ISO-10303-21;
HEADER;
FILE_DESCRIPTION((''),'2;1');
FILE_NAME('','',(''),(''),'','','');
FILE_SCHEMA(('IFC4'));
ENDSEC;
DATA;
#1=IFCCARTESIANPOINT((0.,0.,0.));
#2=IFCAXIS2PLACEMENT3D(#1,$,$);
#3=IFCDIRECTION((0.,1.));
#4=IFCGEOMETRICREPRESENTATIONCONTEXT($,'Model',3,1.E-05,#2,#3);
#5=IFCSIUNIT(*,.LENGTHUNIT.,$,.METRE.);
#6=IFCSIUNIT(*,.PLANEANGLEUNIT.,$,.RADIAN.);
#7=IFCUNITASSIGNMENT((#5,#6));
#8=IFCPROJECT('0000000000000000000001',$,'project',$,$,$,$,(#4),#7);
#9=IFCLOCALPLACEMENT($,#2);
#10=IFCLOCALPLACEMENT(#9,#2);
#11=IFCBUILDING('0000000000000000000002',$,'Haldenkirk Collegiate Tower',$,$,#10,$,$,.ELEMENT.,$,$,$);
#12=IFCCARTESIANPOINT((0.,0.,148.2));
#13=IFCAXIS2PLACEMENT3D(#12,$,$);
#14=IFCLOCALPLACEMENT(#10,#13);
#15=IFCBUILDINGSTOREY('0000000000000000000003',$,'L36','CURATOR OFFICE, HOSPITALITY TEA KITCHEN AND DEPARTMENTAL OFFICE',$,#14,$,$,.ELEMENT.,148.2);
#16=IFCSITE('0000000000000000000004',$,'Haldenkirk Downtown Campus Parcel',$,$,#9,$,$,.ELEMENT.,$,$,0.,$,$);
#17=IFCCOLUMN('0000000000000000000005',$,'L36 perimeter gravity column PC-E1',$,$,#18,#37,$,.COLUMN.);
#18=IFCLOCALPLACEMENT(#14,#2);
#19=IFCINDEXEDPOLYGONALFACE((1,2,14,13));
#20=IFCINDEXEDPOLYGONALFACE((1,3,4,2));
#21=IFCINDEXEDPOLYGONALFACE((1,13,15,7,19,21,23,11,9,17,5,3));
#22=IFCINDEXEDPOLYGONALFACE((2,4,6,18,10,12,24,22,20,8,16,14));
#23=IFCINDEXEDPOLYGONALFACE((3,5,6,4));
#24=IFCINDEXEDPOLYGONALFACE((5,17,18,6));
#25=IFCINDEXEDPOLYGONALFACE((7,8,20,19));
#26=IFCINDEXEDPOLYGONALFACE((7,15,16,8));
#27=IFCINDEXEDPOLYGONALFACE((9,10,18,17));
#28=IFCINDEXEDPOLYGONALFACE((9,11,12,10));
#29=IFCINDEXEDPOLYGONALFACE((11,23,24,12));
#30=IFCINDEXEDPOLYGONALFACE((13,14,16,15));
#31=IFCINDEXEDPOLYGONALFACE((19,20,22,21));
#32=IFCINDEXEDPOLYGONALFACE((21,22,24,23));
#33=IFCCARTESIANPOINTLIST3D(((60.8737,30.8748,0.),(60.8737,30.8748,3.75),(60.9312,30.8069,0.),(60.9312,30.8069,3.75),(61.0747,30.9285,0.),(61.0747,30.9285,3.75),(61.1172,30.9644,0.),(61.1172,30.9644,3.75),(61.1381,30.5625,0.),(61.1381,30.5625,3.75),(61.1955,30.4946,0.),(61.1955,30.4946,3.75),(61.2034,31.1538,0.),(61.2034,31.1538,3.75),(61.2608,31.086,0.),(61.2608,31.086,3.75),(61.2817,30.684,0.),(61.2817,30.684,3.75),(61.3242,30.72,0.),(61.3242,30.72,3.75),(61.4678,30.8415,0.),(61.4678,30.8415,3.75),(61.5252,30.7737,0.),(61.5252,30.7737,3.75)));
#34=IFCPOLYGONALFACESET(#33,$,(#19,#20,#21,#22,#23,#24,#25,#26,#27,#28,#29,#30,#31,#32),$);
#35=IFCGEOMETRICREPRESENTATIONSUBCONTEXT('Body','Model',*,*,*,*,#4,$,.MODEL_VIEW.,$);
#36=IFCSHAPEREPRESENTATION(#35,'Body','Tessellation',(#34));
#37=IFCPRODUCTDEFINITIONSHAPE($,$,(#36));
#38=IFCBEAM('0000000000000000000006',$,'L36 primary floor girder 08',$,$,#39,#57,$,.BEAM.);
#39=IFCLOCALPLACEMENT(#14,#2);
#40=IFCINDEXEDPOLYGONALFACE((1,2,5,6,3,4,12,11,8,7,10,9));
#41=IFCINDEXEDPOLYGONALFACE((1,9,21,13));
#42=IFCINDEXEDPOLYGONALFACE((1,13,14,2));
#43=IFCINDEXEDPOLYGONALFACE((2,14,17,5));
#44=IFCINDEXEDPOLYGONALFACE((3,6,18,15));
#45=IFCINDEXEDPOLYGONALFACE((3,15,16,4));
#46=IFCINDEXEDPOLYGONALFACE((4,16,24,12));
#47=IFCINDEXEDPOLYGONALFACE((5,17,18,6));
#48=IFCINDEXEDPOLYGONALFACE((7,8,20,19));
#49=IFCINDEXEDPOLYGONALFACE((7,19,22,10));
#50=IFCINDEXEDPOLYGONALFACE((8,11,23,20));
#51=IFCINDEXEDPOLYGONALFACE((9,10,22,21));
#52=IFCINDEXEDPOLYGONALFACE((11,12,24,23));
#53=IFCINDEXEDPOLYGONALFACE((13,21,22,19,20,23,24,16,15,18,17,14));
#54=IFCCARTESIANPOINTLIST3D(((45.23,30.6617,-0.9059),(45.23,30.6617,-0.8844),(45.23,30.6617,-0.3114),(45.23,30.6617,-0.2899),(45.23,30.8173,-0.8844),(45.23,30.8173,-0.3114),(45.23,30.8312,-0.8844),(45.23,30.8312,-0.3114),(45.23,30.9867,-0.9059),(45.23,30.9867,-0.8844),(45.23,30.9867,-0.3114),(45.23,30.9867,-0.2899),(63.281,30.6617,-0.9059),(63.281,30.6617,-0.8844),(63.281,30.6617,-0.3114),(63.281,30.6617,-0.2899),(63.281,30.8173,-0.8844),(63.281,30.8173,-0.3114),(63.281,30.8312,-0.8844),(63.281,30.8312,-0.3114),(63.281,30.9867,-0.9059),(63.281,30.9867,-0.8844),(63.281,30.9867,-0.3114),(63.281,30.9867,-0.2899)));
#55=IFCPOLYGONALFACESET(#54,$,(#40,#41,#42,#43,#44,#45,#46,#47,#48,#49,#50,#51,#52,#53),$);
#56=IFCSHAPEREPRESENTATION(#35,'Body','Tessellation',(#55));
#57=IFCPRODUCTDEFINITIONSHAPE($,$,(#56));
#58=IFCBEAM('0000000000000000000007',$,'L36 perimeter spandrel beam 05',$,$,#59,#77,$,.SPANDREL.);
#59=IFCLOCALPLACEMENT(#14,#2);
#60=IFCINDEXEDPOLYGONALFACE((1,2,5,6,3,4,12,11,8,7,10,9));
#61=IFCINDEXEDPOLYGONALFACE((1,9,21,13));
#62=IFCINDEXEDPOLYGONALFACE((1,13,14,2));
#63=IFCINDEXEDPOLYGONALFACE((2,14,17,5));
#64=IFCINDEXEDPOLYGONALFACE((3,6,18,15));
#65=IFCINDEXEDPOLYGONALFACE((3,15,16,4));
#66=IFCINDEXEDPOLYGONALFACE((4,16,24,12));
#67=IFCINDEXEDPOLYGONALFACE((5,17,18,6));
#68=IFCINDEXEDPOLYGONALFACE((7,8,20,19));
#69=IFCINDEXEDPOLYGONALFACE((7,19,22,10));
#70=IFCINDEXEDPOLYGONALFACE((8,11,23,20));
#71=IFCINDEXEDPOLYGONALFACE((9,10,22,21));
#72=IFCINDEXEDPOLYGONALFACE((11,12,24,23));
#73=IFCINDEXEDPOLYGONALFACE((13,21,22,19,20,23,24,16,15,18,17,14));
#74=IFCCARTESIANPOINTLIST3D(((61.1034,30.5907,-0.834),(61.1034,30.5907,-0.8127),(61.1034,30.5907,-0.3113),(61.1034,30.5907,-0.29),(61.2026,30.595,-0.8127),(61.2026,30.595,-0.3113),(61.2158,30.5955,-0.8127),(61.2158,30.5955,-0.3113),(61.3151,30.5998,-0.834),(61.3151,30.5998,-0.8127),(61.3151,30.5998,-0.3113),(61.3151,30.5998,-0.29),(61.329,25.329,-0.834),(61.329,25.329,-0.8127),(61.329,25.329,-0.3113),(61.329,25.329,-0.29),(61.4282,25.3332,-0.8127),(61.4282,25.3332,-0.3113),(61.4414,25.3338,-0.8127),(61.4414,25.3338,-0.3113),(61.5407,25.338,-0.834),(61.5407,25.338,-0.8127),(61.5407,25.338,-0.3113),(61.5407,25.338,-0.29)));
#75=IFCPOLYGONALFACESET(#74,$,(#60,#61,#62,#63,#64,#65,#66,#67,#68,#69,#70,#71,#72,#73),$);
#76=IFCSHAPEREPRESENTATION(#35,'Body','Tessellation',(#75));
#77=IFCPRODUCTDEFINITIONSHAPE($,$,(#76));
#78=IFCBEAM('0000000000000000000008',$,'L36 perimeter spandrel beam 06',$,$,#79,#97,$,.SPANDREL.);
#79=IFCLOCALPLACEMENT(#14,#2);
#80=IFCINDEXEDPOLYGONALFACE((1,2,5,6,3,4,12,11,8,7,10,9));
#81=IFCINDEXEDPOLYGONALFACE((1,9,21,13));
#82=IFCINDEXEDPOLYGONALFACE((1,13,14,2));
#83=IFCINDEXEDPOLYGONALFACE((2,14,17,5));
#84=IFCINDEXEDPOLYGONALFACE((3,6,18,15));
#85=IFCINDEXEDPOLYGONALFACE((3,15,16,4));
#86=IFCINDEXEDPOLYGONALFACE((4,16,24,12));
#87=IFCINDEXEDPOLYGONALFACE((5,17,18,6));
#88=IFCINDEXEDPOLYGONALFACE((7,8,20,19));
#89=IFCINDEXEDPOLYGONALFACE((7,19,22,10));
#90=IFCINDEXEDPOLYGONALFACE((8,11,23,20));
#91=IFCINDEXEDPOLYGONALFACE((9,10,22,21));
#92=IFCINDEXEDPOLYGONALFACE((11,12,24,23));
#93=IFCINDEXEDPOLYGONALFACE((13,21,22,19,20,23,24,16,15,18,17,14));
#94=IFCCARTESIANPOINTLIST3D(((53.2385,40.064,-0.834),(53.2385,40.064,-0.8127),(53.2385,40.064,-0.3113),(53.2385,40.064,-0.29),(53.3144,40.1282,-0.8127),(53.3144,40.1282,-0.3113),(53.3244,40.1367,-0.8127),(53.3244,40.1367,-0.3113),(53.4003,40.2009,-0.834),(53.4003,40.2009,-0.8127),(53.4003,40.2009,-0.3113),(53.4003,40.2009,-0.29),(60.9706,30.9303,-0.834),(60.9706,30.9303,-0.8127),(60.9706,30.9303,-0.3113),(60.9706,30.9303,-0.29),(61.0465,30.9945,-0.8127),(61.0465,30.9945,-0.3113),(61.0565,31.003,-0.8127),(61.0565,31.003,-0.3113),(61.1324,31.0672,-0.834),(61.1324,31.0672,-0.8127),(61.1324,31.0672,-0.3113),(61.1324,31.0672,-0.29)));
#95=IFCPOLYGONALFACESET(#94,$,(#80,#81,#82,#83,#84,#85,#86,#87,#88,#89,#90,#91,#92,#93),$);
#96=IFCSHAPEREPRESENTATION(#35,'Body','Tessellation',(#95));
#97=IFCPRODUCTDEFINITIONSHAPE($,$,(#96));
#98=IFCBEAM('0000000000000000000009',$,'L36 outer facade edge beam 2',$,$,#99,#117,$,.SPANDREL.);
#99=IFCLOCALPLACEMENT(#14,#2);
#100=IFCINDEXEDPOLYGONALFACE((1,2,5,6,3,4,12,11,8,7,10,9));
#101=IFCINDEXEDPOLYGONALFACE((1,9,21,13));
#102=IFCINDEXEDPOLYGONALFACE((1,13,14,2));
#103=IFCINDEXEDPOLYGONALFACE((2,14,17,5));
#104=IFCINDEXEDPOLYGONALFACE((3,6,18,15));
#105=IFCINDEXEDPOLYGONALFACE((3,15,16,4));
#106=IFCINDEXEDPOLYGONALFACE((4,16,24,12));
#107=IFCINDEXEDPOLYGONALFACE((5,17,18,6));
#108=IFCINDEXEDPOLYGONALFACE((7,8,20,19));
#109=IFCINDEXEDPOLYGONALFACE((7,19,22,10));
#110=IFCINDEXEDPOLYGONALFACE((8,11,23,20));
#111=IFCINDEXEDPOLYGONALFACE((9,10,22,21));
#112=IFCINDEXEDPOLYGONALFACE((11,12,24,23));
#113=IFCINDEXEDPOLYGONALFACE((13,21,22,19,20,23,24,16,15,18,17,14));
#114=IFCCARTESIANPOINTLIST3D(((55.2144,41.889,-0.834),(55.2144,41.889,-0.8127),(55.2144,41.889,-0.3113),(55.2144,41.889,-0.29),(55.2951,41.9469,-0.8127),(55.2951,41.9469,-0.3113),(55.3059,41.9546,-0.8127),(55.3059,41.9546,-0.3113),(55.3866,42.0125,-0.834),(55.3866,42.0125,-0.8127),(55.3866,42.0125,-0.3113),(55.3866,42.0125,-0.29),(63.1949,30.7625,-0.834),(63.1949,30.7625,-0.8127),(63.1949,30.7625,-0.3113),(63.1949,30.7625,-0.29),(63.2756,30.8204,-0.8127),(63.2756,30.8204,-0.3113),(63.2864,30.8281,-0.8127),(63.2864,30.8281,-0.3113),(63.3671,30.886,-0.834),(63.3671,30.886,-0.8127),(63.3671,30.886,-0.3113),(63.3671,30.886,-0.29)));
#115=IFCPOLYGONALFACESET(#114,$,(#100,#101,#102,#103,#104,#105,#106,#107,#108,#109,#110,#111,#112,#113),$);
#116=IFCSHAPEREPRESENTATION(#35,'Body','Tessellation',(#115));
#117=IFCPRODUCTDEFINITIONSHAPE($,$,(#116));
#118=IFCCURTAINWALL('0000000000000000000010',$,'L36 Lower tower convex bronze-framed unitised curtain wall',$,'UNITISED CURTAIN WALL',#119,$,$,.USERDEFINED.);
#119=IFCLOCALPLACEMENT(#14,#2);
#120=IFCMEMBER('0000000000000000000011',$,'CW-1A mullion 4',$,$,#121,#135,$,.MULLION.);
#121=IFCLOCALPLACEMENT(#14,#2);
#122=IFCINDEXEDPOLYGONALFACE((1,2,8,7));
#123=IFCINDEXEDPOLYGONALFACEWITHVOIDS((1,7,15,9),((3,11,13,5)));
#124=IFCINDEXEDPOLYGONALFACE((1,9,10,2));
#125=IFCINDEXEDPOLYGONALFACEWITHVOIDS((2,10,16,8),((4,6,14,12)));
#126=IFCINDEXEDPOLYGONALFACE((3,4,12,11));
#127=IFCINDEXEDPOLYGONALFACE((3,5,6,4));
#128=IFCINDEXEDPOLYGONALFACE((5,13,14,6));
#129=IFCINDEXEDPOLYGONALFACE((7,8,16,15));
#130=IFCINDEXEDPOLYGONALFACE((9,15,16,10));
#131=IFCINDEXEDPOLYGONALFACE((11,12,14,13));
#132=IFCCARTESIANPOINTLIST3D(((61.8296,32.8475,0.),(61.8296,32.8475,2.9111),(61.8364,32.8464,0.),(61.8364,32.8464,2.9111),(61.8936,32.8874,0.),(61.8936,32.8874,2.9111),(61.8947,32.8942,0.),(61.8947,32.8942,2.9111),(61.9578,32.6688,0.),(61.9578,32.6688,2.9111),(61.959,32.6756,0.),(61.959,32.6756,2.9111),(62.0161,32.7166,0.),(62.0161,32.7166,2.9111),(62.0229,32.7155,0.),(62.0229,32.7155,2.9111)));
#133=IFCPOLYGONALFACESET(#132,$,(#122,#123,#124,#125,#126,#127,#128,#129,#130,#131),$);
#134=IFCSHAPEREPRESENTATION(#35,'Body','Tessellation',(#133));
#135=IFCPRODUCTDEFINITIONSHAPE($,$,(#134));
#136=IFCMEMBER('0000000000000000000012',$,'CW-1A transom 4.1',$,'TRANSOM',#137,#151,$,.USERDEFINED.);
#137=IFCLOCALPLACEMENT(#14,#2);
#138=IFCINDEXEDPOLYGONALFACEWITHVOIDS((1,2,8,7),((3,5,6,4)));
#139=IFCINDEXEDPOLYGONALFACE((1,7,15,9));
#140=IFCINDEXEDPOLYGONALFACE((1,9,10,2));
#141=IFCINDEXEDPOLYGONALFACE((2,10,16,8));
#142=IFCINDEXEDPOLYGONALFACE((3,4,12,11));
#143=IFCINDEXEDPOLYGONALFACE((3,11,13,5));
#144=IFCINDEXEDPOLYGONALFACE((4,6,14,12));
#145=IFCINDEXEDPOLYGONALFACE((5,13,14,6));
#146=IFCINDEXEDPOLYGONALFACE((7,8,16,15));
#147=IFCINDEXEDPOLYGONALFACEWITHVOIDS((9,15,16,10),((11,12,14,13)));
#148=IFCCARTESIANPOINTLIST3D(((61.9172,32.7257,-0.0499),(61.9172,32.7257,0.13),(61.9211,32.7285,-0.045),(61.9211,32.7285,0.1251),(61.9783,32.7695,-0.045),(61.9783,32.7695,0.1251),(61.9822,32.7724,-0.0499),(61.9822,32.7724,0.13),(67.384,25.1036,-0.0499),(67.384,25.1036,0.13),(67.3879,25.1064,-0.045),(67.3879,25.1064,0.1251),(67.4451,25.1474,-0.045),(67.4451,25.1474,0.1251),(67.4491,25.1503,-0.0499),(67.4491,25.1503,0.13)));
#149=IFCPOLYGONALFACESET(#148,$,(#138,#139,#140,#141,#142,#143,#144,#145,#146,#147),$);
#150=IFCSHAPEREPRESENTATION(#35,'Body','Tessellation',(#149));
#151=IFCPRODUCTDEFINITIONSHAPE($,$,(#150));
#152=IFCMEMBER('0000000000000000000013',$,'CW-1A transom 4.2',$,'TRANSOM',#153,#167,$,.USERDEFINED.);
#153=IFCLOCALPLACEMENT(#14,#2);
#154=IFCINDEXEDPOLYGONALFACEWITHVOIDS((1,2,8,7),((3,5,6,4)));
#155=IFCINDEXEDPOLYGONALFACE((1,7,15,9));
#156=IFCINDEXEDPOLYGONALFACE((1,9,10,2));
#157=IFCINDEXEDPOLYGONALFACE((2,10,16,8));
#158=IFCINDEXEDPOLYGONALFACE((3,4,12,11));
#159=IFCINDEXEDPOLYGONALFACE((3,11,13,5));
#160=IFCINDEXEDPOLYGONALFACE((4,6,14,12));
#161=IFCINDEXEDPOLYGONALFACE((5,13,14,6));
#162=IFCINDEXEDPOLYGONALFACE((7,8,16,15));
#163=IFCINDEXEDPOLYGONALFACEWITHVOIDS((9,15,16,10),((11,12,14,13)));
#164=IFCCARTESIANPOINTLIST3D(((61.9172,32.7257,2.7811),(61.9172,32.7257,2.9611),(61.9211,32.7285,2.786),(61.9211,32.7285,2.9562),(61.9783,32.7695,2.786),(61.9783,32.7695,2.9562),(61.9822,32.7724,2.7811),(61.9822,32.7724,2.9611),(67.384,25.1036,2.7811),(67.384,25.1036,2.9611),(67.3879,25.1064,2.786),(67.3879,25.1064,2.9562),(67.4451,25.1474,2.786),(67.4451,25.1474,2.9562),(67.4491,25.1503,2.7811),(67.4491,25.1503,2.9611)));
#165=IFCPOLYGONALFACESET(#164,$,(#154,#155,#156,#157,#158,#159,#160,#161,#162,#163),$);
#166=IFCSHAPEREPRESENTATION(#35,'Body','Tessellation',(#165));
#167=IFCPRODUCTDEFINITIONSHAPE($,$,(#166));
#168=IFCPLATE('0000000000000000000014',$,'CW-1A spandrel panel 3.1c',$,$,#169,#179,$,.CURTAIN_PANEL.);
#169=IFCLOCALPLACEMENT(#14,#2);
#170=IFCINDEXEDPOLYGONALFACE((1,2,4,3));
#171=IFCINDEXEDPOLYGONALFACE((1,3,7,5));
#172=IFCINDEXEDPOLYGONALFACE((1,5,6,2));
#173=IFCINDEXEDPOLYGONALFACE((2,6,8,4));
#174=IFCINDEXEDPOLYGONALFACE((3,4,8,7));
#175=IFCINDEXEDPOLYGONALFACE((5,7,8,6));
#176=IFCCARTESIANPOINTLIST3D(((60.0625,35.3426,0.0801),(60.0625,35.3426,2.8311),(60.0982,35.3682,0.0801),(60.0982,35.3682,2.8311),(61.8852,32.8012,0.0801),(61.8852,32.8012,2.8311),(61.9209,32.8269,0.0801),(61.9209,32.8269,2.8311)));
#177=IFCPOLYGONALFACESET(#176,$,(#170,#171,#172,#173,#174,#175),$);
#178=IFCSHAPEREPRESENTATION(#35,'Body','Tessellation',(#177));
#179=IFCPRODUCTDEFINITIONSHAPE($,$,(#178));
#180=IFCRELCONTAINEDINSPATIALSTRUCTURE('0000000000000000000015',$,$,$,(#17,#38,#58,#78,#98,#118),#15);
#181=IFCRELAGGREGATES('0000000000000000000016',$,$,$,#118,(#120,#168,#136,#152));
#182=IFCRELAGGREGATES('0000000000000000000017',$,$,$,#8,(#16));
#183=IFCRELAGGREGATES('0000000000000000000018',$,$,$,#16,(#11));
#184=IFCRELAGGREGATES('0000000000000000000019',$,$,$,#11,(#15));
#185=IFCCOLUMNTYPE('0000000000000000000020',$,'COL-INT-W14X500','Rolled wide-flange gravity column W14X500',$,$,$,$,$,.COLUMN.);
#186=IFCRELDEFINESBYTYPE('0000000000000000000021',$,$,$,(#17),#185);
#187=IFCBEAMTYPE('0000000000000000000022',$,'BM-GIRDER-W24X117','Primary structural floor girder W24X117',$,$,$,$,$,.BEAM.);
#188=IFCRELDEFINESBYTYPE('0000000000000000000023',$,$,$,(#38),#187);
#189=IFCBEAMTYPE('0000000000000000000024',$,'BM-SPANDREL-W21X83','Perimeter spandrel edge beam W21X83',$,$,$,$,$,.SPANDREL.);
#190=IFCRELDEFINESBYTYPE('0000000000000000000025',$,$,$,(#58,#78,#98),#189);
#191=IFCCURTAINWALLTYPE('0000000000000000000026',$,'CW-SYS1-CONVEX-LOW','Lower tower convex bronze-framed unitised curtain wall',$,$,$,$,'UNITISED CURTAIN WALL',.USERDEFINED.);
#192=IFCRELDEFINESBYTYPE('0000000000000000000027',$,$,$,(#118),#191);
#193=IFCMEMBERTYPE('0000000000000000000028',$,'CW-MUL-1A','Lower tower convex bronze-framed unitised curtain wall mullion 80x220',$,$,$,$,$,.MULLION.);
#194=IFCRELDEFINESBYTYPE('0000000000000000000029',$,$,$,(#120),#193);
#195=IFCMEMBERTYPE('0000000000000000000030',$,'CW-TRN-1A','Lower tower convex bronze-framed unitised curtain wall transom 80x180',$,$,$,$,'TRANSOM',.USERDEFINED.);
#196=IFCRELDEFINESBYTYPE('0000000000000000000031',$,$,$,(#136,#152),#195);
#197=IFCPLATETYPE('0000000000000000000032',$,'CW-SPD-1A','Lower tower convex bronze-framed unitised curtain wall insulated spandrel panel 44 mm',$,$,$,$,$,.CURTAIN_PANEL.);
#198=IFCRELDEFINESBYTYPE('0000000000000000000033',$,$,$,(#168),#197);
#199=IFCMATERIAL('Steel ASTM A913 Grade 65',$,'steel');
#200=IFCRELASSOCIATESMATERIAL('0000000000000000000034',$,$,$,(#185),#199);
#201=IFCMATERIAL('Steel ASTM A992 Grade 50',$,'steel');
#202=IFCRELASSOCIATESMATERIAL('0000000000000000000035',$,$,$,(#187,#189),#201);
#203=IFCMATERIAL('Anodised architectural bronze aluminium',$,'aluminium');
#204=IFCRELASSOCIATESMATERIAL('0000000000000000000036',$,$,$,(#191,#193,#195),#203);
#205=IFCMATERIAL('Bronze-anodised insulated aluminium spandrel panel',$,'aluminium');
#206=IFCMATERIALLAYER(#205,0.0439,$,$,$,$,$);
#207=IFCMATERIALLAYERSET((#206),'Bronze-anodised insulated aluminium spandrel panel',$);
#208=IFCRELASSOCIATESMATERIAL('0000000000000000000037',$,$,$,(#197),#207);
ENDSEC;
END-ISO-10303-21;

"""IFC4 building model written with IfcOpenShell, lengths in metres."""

from ifc_helpers import new_model, si_unit, direction, frame, origin, origin_2d, place, context, subcontext, project, spatial, rectangle, hollow_rectangle, i_section, extrude, source, transform, mapped, material, layer, layer_set, material_profile, profile_set, type_object, element, aggregate, save


model = new_model("IFC4")

# Units and contexts
model_context = context("Model", 3, precision=1e-05, world=origin(), true_north=direction((0.0, 1.0)))
body_context = subcontext(model_context, "Body", "Model", "MODEL_VIEW")
ifc_project = project(units=[si_unit("LENGTHUNIT", "METRE"), si_unit("PLANEANGLEUNIT", "RADIAN")], contexts=[model_context])

# Site, building, storey
site_placement = place(None, origin())
site = spatial("IfcSite", under=ifc_project, at=site_placement, Name="Haldenkirk Downtown Campus Parcel", CompositionType="ELEMENT", RefElevation=0.0)
building_placement = place(site_placement, origin())
building = spatial("IfcBuilding", under=site, at=building_placement, Name="Haldenkirk Collegiate Tower", CompositionType="ELEMENT")
storey_placement = place(building_placement, frame((0.0, 0.0, 148.2)))
storey = spatial("IfcBuildingStorey", under=building, at=storey_placement, Name="L36", Description="CURATOR OFFICE, HOSPITALITY TEA KITCHEN AND DEPARTMENTAL OFFICE", CompositionType="ELEMENT", Elevation=148.2)

# Column
ifc_material_1 = material(Name="Steel ASTM A913 Grade 65", Category="steel")
ifc_material_profile_1 = material_profile(ifc_material_1, i_section(OverallWidth=0.4319, OverallDepth=0.498, WebThickness=0.0557, FlangeThickness=0.0889, at=origin_2d()), Name="W14X500")
ifc_profile_set_1 = profile_set([ifc_material_profile_1], Name="Steel ASTM A913 Grade 65")
column_type = type_object("IfcColumnType", Name="COL-INT-W14X500", Description="Rolled wide-flange gravity column W14X500", PredefinedType="COLUMN", material=ifc_profile_set_1)
column_placement = place(storey_placement, frame((61.1995, 30.8242, 0.0), z_axis=(0.0, 0.0, 1.0), x_axis=(0.763232, 0.646124, 0.0)))
element("IfcColumn", 1, at=column_placement, inside=storey, type_object=column_type, Name="L36 perimeter gravity column PC-E1", PredefinedType="COLUMN", context=body_context, shape_type="SweptSolid", body=[
    extrude(i_section(OverallWidth=0.4319, OverallDepth=0.498, WebThickness=0.0557, FlangeThickness=0.0889, at=origin_2d()), origin(), (0.0, 0.0, 1.0), 3.75),
])

# Beams
ifc_material_2 = material(Name="Steel ASTM A992 Grade 50", Category="steel")
ifc_material_profile_2 = material_profile(ifc_material_2, i_section(OverallWidth=0.325, OverallDepth=0.616, WebThickness=0.0139, FlangeThickness=0.0215, at=origin_2d()), Name="W24X117")
ifc_profile_set_2 = profile_set([ifc_material_profile_2], Name="Steel ASTM A992 Grade 50")
beam_type_1 = type_object("IfcBeamType", Name="BM-GIRDER-W24X117", Description="Primary structural floor girder W24X117", PredefinedType="BEAM", material=ifc_profile_set_2)
beam_1_placement = place(storey_placement, frame((63.281, 30.8242, -0.5979), z_axis=(-1.0, 0.0, 0.0), x_axis=(0.0, -1.0, 0.0)))
element("IfcBeam", 2, at=beam_1_placement, inside=storey, type_object=beam_type_1, Name="L36 primary floor girder 08", PredefinedType="BEAM", context=body_context, shape_type="SweptSolid", body=[
    extrude(i_section(OverallWidth=0.325, OverallDepth=0.616, WebThickness=0.0139, FlangeThickness=0.0215, at=origin_2d()), origin(), (0.0, 0.0, 1.0), 18.051),
])
ifc_material_profile_3 = material_profile(ifc_material_2, i_section(OverallWidth=0.2119, OverallDepth=0.5439, WebThickness=0.0132, FlangeThickness=0.0212, at=origin_2d()), Name="W21X83")
ifc_profile_set_3 = profile_set([ifc_material_profile_3], Name="Steel ASTM A992 Grade 50")
beam_type_2 = type_object("IfcBeamType", Name="BM-SPANDREL-W21X83", Description="Perimeter spandrel edge beam W21X83", PredefinedType="SPANDREL", material=ifc_profile_set_3)
beam_2_placement = place(storey_placement, frame((61.4348, 25.3335, -0.562), z_axis=(-0.042834, 0.999082, 0.0), x_axis=(-0.999082, -0.042834, 0.0)))
element("IfcBeam", 3, at=beam_2_placement, inside=storey, type_object=beam_type_2, Name="L36 perimeter spandrel beam 05", PredefinedType="SPANDREL", context=body_context, shape_type="SweptSolid", body=[
    extrude(i_section(OverallWidth=0.2119, OverallDepth=0.5439, WebThickness=0.0132, FlangeThickness=0.0212, at=origin_2d()), origin(), (0.0, 0.0, 1.0), 5.2666),
])
beam_3_placement = place(storey_placement, frame((61.0515, 30.9988, -0.562), z_axis=(-0.646117, 0.763238, 0.0), x_axis=(-0.763238, -0.646117, 0.0)))
element("IfcBeam", 4, at=beam_3_placement, inside=storey, type_object=beam_type_2, Name="L36 perimeter spandrel beam 06", PredefinedType="SPANDREL", context=body_context, shape_type="SweptSolid", body=[
    extrude(i_section(OverallWidth=0.2119, OverallDepth=0.5439, WebThickness=0.0132, FlangeThickness=0.0212, at=origin_2d()), origin(), (0.0, 0.0, 1.0), 11.967),
])
beam_4_placement = place(storey_placement, frame((63.281, 30.8242, -0.562), z_axis=(-0.582833, 0.812592, 0.0), x_axis=(-0.812592, -0.582833, 0.0)))
element("IfcBeam", 5, at=beam_4_placement, inside=storey, type_object=beam_type_2, Name="L36 outer facade edge beam 2", PredefinedType="SPANDREL", context=body_context, shape_type="SweptSolid", body=[
    extrude(i_section(OverallWidth=0.2119, OverallDepth=0.5439, WebThickness=0.0132, FlangeThickness=0.0212, at=origin_2d()), origin(), (0.0, 0.0, 1.0), 13.6926),
])

# Curtain wall, members, plate
ifc_material_3 = material(Name="Anodised architectural bronze aluminium", Category="aluminium")
curtain_wall_type = type_object("IfcCurtainWallType", Name="CW-SYS1-CONVEX-LOW", Description="Lower tower convex bronze-framed unitised curtain wall", ElementType="UNITISED CURTAIN WALL", PredefinedType="USERDEFINED", material=ifc_material_3)
curtain_wall_placement = place(storey_placement, origin())
curtain_wall = element("IfcCurtainWall", 6, at=curtain_wall_placement, inside=storey, type_object=curtain_wall_type, Name="L36 Lower tower convex bronze-framed unitised curtain wall", ObjectType="UNITISED CURTAIN WALL", PredefinedType="USERDEFINED")
ifc_material_profile_4 = material_profile(ifc_material_3, hollow_rectangle(XDim=0.0801, YDim=0.22, WallThickness=0.0049, at=origin_2d()), Name="CW-MUL-1A")
ifc_profile_set_4 = profile_set([ifc_material_profile_4], Name="Anodised architectural bronze aluminium")
member_type_1 = type_object("IfcMemberType", Name="CW-MUL-1A", Description="Lower tower convex bronze-framed unitised curtain wall mullion 80x220", PredefinedType="MULLION", material=ifc_profile_set_4)
member_1_placement = place(storey_placement, frame((61.9263, 32.7815, 0.0), z_axis=(0.0, 0.0, 1.0), x_axis=(0.812592, 0.582832, 0.0)))
member_1 = element("IfcMember", 7, at=member_1_placement, type_object=member_type_1, Name="CW-1A mullion 4", PredefinedType="MULLION", context=body_context, shape_type="SweptSolid", body=[
    extrude(hollow_rectangle(XDim=0.0801, YDim=0.22, WallThickness=0.0049, at=origin_2d()), origin(), (0.0, 0.0, 1.0), 2.9111),
])
ifc_material_profile_5 = material_profile(ifc_material_3, hollow_rectangle(XDim=0.0801, YDim=0.1799, WallThickness=0.0049, at=origin_2d()), Name="CW-TRN-1A")
ifc_profile_set_5 = profile_set([ifc_material_profile_5], Name="Anodised architectural bronze aluminium")
member_type_2 = type_object("IfcMemberType", Name="CW-TRN-1A", Description="Lower tower convex bronze-framed unitised curtain wall transom 80x180", ElementType="TRANSOM", PredefinedType="USERDEFINED", material=ifc_profile_set_5)
member_2_placement = place(storey_placement, frame((61.9497, 32.749, 0.04), z_axis=(0.582823, -0.812599, 0.0), x_axis=(0.812599, 0.582823, 0.0)))
member_2 = element("IfcMember", 8, at=member_2_placement, type_object=member_type_2, Name="CW-1A transom 4.1", ObjectType="TRANSOM", PredefinedType="USERDEFINED", context=body_context, shape_type="SweptSolid", body=[
    extrude(hollow_rectangle(XDim=0.0801, YDim=0.1799, WallThickness=0.0049, at=origin_2d()), origin(), (0.0, 0.0, 1.0), 9.3799),
])
member_3_placement = place(storey_placement, frame((61.9497, 32.749, 2.8711), z_axis=(0.582823, -0.812599, 0.0), x_axis=(0.812599, 0.582823, 0.0)))
member_3 = element("IfcMember", 9, at=member_3_placement, type_object=member_type_2, Name="CW-1A transom 4.2", ObjectType="TRANSOM", PredefinedType="USERDEFINED", context=body_context, shape_type="SweptSolid", body=[
    extrude(hollow_rectangle(XDim=0.0801, YDim=0.1799, WallThickness=0.0049, at=origin_2d()), origin(), (0.0, 0.0, 1.0), 9.3799),
])
ifc_material_4 = material(Name="Bronze-anodised insulated aluminium spandrel panel", Category="aluminium")
ifc_layer_1 = layer(ifc_material_4, 0.0439)
ifc_layer_set_1 = layer_set([ifc_layer_1], Name="Bronze-anodised insulated aluminium spandrel panel")
plate_type_1 = type_object("IfcPlateType", Name="CW-SPD-1A", Description="Lower tower convex bronze-framed unitised curtain wall insulated spandrel panel 44 mm", PredefinedType="CURTAIN_PANEL", material=ifc_layer_set_1)
shared_shape_1 = source(origin(), body_context, "Body", "SweptSolid", [
    extrude(rectangle(XDim=3.1274, YDim=0.0439, at=origin_2d()), origin(), (0.0, 0.0, 1.0), 2.751),
])
plate_1_placement = place(storey_placement, frame((60.9917, 34.0847, 0.0801), z_axis=(0.0, 0.0, 1.0), x_axis=(0.582832, -0.812592, 0.0)))
plate_1 = element("IfcPlate", 10, at=plate_1_placement, type_object=plate_type_1, Name="CW-1A spandrel panel 3.1c", PredefinedType="CURTAIN_PANEL", context=body_context, shape_type="MappedRepresentation", body=[
    mapped(shared_shape_1, transform((0.0, 0.0, 0.0), x_axis=(1.0, 0.0, 0.0), y_axis=(0.0, 1.0, 0.0), z_axis=(0.0, 0.0, 1.0), scale=1.0)),
])
aggregate(curtain_wall, [member_1, plate_1, member_2, member_3])

save(model, "model.ifc")
